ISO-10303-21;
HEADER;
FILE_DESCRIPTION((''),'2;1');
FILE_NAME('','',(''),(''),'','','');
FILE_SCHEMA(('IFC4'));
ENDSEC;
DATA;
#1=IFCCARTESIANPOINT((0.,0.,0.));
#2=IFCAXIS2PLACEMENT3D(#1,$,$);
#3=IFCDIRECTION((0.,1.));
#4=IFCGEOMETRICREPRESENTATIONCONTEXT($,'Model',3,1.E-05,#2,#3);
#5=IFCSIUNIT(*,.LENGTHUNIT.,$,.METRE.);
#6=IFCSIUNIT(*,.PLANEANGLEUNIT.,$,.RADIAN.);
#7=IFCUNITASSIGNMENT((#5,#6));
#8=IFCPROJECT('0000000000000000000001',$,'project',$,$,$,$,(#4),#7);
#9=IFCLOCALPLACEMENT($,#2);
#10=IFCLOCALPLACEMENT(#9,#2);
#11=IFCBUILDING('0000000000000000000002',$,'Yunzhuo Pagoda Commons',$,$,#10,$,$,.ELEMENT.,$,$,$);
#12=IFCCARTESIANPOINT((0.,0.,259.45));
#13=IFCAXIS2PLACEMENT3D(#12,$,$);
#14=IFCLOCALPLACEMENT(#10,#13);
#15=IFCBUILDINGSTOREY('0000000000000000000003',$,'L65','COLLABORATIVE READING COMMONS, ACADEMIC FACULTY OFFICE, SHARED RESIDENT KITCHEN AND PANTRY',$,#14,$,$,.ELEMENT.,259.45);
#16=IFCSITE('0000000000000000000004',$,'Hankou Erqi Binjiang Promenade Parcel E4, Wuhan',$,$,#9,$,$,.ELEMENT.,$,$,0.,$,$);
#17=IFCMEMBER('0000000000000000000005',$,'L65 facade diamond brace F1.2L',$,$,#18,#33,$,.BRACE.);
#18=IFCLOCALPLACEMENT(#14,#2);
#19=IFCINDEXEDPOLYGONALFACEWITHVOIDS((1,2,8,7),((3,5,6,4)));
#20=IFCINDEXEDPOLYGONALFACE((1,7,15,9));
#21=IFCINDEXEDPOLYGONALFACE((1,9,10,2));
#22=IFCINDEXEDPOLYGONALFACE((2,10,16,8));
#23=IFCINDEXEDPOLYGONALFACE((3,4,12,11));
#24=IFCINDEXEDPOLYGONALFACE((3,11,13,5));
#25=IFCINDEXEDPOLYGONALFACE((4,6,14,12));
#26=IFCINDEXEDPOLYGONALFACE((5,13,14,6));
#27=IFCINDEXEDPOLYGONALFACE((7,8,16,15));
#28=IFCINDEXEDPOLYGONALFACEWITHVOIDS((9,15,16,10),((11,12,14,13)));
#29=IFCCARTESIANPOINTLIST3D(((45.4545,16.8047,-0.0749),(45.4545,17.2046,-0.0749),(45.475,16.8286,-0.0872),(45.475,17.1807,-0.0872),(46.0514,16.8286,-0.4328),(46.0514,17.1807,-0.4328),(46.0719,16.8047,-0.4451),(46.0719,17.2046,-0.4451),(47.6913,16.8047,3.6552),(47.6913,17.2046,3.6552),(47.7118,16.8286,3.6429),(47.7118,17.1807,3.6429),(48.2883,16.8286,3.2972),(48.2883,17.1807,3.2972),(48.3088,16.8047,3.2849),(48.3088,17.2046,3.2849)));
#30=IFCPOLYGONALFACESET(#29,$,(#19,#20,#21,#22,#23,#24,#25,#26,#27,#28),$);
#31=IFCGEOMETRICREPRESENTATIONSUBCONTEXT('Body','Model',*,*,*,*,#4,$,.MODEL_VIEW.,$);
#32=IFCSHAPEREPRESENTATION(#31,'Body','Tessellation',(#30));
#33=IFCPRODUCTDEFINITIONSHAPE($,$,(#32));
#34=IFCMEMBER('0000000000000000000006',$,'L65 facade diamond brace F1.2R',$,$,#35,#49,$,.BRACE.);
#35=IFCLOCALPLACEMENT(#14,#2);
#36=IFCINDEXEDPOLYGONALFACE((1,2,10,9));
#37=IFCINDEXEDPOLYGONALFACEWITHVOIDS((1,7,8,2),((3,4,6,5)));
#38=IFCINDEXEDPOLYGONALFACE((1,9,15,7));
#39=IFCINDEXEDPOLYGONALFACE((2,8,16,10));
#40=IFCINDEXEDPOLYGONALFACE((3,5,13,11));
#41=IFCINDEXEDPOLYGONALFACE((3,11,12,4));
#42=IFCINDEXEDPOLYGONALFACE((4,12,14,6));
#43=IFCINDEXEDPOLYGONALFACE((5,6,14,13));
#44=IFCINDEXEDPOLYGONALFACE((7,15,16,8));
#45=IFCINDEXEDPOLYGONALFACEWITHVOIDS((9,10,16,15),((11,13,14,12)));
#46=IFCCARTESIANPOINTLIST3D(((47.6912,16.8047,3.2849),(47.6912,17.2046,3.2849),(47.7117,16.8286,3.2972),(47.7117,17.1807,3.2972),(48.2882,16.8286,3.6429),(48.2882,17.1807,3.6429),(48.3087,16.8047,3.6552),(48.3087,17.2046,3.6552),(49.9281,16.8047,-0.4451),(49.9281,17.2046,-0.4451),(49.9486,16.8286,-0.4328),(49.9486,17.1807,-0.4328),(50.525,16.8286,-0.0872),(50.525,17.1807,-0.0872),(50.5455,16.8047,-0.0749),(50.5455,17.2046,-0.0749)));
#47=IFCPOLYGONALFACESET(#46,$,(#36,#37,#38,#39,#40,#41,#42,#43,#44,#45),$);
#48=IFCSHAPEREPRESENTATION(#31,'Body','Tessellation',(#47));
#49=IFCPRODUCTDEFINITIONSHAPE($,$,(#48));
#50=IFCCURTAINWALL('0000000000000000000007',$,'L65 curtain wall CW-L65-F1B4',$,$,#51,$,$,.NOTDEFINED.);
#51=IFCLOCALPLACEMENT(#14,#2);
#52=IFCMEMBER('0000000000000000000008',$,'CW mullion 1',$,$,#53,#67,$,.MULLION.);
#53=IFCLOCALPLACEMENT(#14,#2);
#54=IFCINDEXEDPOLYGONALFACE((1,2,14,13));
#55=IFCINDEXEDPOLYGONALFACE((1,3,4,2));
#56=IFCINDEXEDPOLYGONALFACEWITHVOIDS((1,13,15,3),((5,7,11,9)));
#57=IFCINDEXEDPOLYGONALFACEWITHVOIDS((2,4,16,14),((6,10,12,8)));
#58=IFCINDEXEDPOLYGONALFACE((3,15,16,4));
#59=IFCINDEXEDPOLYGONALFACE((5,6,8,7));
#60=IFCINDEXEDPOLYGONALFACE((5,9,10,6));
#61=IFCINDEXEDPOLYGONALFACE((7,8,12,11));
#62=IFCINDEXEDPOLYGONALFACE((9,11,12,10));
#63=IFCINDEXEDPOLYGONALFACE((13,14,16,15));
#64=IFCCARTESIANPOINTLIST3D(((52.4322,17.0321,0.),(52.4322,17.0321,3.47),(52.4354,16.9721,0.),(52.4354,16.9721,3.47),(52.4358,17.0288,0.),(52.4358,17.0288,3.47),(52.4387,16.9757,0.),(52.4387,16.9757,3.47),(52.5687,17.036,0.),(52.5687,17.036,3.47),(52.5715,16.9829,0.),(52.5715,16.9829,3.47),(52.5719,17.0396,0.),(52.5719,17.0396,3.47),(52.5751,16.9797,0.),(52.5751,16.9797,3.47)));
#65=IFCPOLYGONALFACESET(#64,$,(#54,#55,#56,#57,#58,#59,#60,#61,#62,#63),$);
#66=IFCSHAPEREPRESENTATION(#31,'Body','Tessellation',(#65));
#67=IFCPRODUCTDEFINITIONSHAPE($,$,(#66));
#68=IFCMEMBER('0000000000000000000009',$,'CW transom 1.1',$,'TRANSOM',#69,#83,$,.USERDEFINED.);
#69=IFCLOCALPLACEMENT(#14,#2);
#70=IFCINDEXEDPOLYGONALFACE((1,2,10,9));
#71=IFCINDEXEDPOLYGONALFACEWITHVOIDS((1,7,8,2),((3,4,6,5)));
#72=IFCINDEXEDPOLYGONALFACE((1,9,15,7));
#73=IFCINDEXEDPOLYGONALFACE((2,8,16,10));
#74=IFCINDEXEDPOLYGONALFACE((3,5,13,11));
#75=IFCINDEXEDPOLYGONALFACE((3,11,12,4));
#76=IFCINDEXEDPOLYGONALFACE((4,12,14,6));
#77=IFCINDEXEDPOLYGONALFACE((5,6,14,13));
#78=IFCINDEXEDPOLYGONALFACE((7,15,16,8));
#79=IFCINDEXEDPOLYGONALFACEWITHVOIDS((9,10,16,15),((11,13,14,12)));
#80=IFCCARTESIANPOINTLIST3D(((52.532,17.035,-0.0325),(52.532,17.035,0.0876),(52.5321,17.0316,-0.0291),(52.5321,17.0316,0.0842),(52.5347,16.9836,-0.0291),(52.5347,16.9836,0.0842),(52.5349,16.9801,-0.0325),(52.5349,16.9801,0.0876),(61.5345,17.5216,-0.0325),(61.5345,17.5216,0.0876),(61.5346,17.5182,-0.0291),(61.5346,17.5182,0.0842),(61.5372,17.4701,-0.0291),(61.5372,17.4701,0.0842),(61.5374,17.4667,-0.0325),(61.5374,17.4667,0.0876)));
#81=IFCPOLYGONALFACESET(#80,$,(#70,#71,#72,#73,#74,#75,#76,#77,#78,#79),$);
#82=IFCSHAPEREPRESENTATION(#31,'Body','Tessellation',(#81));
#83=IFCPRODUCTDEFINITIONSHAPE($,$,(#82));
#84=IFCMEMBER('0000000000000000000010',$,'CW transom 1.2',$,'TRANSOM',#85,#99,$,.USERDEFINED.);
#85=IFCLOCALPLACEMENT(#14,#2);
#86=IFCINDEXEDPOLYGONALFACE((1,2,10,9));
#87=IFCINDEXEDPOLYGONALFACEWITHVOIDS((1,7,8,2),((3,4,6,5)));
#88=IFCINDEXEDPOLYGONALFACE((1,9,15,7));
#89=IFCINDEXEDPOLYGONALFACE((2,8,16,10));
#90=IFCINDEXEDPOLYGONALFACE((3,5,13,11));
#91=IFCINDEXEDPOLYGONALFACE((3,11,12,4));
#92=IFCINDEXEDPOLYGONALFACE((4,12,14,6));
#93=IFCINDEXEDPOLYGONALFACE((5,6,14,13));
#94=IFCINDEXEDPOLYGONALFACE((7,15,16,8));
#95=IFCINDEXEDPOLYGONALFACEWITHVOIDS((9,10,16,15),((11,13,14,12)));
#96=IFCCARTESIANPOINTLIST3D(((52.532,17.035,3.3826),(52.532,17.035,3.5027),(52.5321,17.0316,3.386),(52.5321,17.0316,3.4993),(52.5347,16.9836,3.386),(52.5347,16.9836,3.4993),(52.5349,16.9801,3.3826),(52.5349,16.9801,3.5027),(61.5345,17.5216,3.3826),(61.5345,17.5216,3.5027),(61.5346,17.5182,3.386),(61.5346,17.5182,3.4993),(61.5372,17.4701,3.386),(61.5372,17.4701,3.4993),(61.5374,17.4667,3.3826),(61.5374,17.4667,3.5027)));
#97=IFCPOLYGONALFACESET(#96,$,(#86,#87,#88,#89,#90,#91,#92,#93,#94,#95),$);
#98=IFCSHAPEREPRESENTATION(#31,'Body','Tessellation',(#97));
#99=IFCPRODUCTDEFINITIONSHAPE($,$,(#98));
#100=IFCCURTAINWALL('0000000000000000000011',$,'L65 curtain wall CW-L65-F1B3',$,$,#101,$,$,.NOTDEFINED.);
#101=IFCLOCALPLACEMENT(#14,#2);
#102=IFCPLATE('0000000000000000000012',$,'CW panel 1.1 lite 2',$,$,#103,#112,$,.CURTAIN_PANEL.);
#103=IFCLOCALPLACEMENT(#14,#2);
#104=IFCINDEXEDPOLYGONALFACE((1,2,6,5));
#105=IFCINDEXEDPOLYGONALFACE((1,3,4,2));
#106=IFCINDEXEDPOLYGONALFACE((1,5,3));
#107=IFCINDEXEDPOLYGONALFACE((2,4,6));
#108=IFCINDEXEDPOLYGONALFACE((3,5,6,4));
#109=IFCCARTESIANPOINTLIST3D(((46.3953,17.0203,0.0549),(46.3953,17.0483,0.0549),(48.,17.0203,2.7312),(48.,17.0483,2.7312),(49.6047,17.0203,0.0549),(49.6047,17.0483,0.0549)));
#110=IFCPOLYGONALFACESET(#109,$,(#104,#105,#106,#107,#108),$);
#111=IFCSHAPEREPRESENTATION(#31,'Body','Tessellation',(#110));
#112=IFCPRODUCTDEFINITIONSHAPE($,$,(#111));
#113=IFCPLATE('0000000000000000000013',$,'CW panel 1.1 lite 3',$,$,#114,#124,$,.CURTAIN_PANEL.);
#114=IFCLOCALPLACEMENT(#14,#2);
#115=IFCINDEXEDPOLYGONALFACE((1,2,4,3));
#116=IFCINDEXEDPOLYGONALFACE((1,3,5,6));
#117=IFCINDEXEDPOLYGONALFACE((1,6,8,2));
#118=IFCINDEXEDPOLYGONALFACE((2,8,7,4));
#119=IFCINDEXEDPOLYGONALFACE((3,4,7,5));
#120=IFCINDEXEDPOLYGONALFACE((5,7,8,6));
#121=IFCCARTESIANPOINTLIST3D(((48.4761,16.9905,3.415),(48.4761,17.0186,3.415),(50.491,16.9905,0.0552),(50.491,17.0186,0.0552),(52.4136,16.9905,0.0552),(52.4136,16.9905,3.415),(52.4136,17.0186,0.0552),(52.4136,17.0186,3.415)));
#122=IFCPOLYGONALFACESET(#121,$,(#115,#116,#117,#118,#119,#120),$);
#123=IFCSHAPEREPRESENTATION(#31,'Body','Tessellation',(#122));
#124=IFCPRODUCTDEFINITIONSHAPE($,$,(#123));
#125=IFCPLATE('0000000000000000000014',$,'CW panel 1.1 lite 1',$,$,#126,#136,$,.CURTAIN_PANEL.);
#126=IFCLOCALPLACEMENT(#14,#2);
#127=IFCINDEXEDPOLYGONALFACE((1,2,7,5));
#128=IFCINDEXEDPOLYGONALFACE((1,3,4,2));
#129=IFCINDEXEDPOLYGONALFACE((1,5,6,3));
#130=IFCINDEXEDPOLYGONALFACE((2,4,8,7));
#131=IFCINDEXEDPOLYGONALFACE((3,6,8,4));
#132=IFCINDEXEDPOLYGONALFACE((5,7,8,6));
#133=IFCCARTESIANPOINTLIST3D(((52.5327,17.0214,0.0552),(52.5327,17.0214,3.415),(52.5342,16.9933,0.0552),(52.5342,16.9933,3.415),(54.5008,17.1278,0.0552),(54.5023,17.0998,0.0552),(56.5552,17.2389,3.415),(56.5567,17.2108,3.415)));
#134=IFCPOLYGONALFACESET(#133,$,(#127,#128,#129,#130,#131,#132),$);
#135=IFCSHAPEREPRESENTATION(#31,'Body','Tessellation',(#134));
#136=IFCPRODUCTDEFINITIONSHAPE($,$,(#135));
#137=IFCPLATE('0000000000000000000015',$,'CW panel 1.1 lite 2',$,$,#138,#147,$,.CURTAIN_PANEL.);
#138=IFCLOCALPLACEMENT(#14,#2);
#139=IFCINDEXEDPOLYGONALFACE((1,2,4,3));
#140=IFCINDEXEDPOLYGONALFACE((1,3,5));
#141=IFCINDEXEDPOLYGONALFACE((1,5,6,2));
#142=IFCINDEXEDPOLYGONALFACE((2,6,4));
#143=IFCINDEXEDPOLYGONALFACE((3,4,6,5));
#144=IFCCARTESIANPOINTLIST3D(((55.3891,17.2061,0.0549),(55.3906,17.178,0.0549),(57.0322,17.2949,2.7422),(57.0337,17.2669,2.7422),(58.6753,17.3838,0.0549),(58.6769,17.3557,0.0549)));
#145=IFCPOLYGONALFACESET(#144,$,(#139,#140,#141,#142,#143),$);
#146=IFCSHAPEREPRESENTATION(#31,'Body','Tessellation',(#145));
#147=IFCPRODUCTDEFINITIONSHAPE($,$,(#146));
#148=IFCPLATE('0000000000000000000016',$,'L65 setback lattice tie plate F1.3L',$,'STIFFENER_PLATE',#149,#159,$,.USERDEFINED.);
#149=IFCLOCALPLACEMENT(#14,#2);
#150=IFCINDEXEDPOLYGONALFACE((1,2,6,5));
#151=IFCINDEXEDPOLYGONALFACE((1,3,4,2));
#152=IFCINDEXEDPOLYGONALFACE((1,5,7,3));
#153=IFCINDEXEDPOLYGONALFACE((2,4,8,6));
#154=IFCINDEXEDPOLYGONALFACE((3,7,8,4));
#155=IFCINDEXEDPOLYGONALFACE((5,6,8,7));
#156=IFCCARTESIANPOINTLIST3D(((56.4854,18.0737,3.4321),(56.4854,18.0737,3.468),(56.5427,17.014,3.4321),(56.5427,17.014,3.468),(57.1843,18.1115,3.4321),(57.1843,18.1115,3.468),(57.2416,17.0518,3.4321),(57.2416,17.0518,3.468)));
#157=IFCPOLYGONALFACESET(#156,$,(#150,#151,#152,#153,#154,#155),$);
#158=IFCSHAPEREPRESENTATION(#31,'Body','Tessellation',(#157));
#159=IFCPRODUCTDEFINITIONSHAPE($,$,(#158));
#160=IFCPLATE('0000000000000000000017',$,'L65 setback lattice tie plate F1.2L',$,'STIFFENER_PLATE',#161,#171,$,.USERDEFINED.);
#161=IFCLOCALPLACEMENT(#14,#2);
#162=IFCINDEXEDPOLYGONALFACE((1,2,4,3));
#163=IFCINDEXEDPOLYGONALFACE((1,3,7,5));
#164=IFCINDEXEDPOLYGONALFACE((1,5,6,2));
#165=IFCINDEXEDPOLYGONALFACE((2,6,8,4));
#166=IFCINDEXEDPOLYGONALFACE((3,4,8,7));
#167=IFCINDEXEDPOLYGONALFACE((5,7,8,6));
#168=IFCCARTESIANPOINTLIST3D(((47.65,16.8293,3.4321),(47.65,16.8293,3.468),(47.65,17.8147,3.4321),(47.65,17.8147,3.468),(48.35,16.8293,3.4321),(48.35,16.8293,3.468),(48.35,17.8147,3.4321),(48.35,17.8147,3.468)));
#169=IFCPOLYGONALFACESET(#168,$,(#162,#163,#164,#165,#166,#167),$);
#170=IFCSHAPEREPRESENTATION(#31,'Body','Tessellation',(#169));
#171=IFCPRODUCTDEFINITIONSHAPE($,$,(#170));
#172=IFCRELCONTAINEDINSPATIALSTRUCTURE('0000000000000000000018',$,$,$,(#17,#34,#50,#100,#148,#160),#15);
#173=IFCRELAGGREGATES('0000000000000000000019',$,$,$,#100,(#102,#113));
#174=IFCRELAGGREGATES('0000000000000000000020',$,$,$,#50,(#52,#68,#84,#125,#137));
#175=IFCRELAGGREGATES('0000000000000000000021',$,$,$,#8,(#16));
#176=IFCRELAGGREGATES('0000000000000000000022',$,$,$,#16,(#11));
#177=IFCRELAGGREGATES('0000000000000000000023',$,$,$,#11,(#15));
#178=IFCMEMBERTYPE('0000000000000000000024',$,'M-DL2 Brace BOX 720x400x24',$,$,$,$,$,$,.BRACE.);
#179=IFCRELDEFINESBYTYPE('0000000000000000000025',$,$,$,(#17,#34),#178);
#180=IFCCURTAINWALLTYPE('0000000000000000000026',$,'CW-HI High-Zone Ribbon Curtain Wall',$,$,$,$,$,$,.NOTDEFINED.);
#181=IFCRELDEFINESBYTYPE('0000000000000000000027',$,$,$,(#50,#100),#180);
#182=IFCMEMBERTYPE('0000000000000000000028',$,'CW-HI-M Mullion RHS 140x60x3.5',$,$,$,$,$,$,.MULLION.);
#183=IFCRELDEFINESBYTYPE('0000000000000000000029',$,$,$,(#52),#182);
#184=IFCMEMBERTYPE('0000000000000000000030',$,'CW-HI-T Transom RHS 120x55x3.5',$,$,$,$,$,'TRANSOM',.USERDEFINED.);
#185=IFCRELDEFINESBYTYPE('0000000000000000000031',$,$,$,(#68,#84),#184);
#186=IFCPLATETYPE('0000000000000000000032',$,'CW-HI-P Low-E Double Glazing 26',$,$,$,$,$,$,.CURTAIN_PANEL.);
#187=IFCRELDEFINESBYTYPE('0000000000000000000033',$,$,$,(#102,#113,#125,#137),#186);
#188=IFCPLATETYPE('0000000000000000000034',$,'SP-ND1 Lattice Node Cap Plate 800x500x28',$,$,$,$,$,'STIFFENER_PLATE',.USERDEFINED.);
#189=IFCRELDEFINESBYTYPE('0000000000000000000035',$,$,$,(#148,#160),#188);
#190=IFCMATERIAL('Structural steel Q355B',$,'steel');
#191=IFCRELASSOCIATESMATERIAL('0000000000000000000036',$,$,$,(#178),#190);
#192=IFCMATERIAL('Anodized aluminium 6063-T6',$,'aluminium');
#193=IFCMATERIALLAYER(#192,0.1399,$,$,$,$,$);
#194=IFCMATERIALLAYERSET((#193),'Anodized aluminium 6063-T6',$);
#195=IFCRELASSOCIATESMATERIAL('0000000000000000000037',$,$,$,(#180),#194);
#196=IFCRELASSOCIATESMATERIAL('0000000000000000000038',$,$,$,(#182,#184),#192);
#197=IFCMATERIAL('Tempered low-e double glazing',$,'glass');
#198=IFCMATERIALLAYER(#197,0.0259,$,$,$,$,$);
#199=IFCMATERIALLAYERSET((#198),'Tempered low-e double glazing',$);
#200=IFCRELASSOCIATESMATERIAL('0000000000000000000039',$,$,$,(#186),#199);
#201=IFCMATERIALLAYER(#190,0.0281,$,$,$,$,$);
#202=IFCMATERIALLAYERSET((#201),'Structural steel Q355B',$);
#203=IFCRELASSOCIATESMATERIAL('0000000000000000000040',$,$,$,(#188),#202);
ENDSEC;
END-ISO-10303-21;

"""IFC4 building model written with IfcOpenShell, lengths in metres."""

from ifc_helpers import new_model, si_unit, direction, frame, origin, origin_2d, place, context, subcontext, project, spatial, polyline, rectangle, hollow_rectangle, outline, extrude, source, transform, mapped, material, layer, layer_set, material_profile, profile_set, type_object, element, aggregate, save


model = new_model("IFC4")

# Units and contexts
model_context = context("Model", 3, precision=1e-05, world=origin(), true_north=direction((0.0, 1.0)))
body_context = subcontext(model_context, "Body", "Model", "MODEL_VIEW")
ifc_project = project(units=[si_unit("LENGTHUNIT", "METRE"), si_unit("PLANEANGLEUNIT", "RADIAN")], contexts=[model_context])

# Site, building, storey
site_placement = place(None, origin())
site = spatial("IfcSite", under=ifc_project, at=site_placement, Name="Hankou Erqi Binjiang Promenade Parcel E4, Wuhan", CompositionType="ELEMENT", RefElevation=0.0)
building_placement = place(site_placement, origin())
building = spatial("IfcBuilding", under=site, at=building_placement, Name="Yunzhuo Pagoda Commons", CompositionType="ELEMENT")
storey_placement = place(building_placement, frame((0.0, 0.0, 259.45)))
storey = spatial("IfcBuildingStorey", under=building, at=storey_placement, Name="L65", Description="COLLABORATIVE READING COMMONS, ACADEMIC FACULTY OFFICE, SHARED RESIDENT KITCHEN AND PANTRY", CompositionType="ELEMENT", Elevation=259.45)

# Shared definitions
ifc_material_1 = material(Name="Structural steel Q355B", Category="steel")

# Members
ifc_material_profile_1 = material_profile(ifc_material_1, hollow_rectangle(XDim=0.3999, YDim=0.72, WallThickness=0.0239, at=origin_2d()), Name="Structural steel Q355B")
ifc_profile_set_1 = profile_set([ifc_material_profile_1], Name="Structural steel Q355B")
member_type_1 = type_object("IfcMemberType", Name="M-DL2 Brace BOX 720x400x24", PredefinedType="BRACE", material=ifc_profile_set_1)
shared_shape_1 = source(origin(), body_context, "Body", "SweptSolid", [
    extrude(hollow_rectangle(XDim=0.3999, YDim=0.72, WallThickness=0.0239, at=origin_2d()), origin(), (0.0, 0.0, 1.0), 4.3494),
])
for number, where, z_axis, x_axis, name in (
    (1, (45.7632, 17.0046, -0.26), (0.514298, 0.0, 0.857612), (0.0, 1.0, 0.0), "L65 facade diamond brace F1.2L"),
    (2, (50.2368, 17.0046, -0.26), (-0.514298, 0.0, 0.857612), (0.0, -1.0, 0.0), "L65 facade diamond brace F1.2R"),
):
    element("IfcMember", number, at=place(storey_placement, frame(where, z_axis=z_axis, x_axis=x_axis)), inside=storey, type_object=member_type_1, Name=name, PredefinedType="BRACE", context=body_context, shape_type="MappedRepresentation", body=[
        mapped(shared_shape_1, transform((0.0, 0.0, 0.0), scale=1.0)),
    ])

# Curtain wall, members
ifc_material_2 = material(Name="Anodized aluminium 6063-T6", Category="aluminium")
ifc_layer_1 = layer(ifc_material_2, 0.1399)
ifc_layer_set_1 = layer_set([ifc_layer_1], Name="Anodized aluminium 6063-T6")
curtain_wall_type = type_object("IfcCurtainWallType", Name="CW-HI High-Zone Ribbon Curtain Wall", PredefinedType="NOTDEFINED", material=ifc_layer_set_1)
curtain_wall_1_placement = place(storey_placement, origin())
curtain_wall_1 = element("IfcCurtainWall", 3, at=curtain_wall_1_placement, inside=storey, type_object=curtain_wall_type, Name="L65 curtain wall CW-L65-F1B4", PredefinedType="NOTDEFINED")
ifc_material_profile_2 = material_profile(ifc_material_2, hollow_rectangle(XDim=0.0601, YDim=0.1399, WallThickness=0.0034, at=origin_2d()), Name="Anodized aluminium 6063-T6")
ifc_profile_set_2 = profile_set([ifc_material_profile_2], Name="Anodized aluminium 6063-T6")
member_type_2 = type_object("IfcMemberType", Name="CW-HI-M Mullion RHS 140x60x3.5", PredefinedType="MULLION", material=ifc_profile_set_2)
shared_shape_2 = source(origin(), body_context, "Body", "SweptSolid", [
    extrude(hollow_rectangle(XDim=0.0601, YDim=0.1399, WallThickness=0.0034, at=origin_2d()), origin(), (0.0, 0.0, 1.0), 3.47),
])
member_1_placement = place(storey_placement, frame((52.5037, 17.0059, 0.0), z_axis=(0.0, 0.0, 1.0), x_axis=(-0.053989, 0.998542, 0.0)))
member_1 = element("IfcMember", 4, at=member_1_placement, type_object=member_type_2, Name="CW mullion 1", PredefinedType="MULLION", context=body_context, shape_type="MappedRepresentation", body=[
    mapped(shared_shape_2, transform((0.0, 0.0, 0.0), scale=1.0)),
])
ifc_material_profile_3 = material_profile(ifc_material_2, hollow_rectangle(XDim=0.0549, YDim=0.1201, WallThickness=0.0034, at=origin_2d()), Name="Anodized aluminium 6063-T6")
ifc_profile_set_3 = profile_set([ifc_material_profile_3], Name="Anodized aluminium 6063-T6")
member_type_3 = type_object("IfcMemberType", Name="CW-HI-T Transom RHS 120x55x3.5", ElementType="TRANSOM", PredefinedType="USERDEFINED", material=ifc_profile_set_3)
shared_shape_3 = source(origin(), body_context, "Body", "SweptSolid", [
    extrude(hollow_rectangle(XDim=0.0549, YDim=0.1201, WallThickness=0.0034, at=origin_2d()), origin(), (0.0, 0.0, 1.0), 9.0156),
])
member_2_placement = place(storey_placement, frame((52.5334, 17.0076, 0.0276), z_axis=(0.998543, 0.05397, 0.0), x_axis=(-0.05397, 0.998543, 0.0)))
member_2 = element("IfcMember", 5, at=member_2_placement, type_object=member_type_3, Name="CW transom 1.1", ObjectType="TRANSOM", PredefinedType="USERDEFINED", context=body_context, shape_type="MappedRepresentation", body=[
    mapped(shared_shape_3, transform((0.0, 0.0, 0.0), scale=1.0)),
])
member_3_placement = place(storey_placement, frame((52.5334, 17.0076, 3.4426), z_axis=(0.998543, 0.05397, 0.0), x_axis=(-0.05397, 0.998543, 0.0)))
member_3 = element("IfcMember", 6, at=member_3_placement, type_object=member_type_3, Name="CW transom 1.2", ObjectType="TRANSOM", PredefinedType="USERDEFINED", context=body_context, shape_type="MappedRepresentation", body=[
    mapped(shared_shape_3, transform((0.0, 0.0, 0.0), scale=1.0)),
])

# Curtain wall, plates
curtain_wall_2_placement = place(storey_placement, origin())
curtain_wall_2 = element("IfcCurtainWall", 7, at=curtain_wall_2_placement, inside=storey, type_object=curtain_wall_type, Name="L65 curtain wall CW-L65-F1B3", PredefinedType="NOTDEFINED")
ifc_material_3 = material(Name="Tempered low-e double glazing", Category="glass")
ifc_layer_2 = layer(ifc_material_3, 0.0259)
ifc_layer_set_2 = layer_set([ifc_layer_2], Name="Tempered low-e double glazing")
plate_type_1 = type_object("IfcPlateType", Name="CW-HI-P Low-E Double Glazing 26", PredefinedType="CURTAIN_PANEL", material=ifc_layer_set_2)
plate_1_placement = place(storey_placement, frame((48.0, 17.0483, 1.3931), z_axis=(0.0, -1.0, 0.0), x_axis=(1.0, 0.0, 0.0)))
plate_1 = element("IfcPlate", 8, at=plate_1_placement, type_object=plate_type_1, Name="CW panel 1.1 lite 2", PredefinedType="CURTAIN_PANEL", context=body_context, shape_type="SweptSolid", body=[
    extrude(outline(polyline([(-1.6047, -1.3381), (1.6047, -1.3381), (0.0, 1.3381), (-1.6047, -1.3381)])), origin(), (0.0, 0.0, 1.0), 0.0281),
])
plate_2_placement = place(storey_placement, frame((50.4448, 17.0186, 1.7351), z_axis=(0.0, -1.0, 0.0), x_axis=(1.0, 0.0, 0.0)))
plate_2 = element("IfcPlate", 9, at=plate_2_placement, type_object=plate_type_1, Name="CW panel 1.1 lite 3", PredefinedType="CURTAIN_PANEL", context=body_context, shape_type="SweptSolid", body=[
    extrude(outline(polyline([(-1.9688, 1.6799), (0.0461, -1.6799), (1.9688, -1.6799), (1.9688, 1.6799), (-1.9688, 1.6799)])), origin(), (0.0, 0.0, 1.0), 0.0281),
])
aggregate(curtain_wall_2, [plate_1, plate_2])

# Plates
plate_3_placement = place(storey_placement, frame((54.5439, 17.1301, 1.7351), z_axis=(0.053989, -0.998542, 0.0), x_axis=(0.998542, 0.053989, 0.0)))
plate_3 = element("IfcPlate", 10, at=plate_3_placement, type_object=plate_type_1, Name="CW panel 1.1 lite 1", PredefinedType="CURTAIN_PANEL", context=body_context, shape_type="SweptSolid", body=[
    extrude(outline(polyline([(-2.0142, -1.6799), (-0.0432, -1.6799), (2.0142, 1.6799), (-2.0142, 1.6799), (-2.0142, -1.6799)])), origin(), (0.0, 0.0, 1.0), 0.0281),
])
plate_4_placement = place(storey_placement, frame((57.0322, 17.2949, 1.3987), z_axis=(0.053989, -0.998542, 0.0), x_axis=(0.998542, 0.053989, 0.0)))
plate_4 = element("IfcPlate", 11, at=plate_4_placement, type_object=plate_type_1, Name="CW panel 1.1 lite 2", PredefinedType="CURTAIN_PANEL", context=body_context, shape_type="SweptSolid", body=[
    extrude(outline(polyline([(-1.6455, -1.3438), (1.6455, -1.3438), (0.0, 1.3435), (-1.6455, -1.3438)])), origin(), (0.0, 0.0, 1.0), 0.0281),
])
aggregate(curtain_wall_1, [member_1, member_2, member_3, plate_3, plate_4])

# Plates
ifc_layer_3 = layer(ifc_material_1, 0.0281)
ifc_layer_set_3 = layer_set([ifc_layer_3], Name="Structural steel Q355B")
plate_type_2 = type_object("IfcPlateType", Name="SP-ND1 Lattice Node Cap Plate 800x500x28", ElementType="STIFFENER_PLATE", PredefinedType="USERDEFINED", material=ifc_layer_set_3)
shared_shape_4 = source(origin(), body_context, "Body", "SweptSolid", [
    extrude(rectangle(XDim=0.7, YDim=1.0613, at=origin_2d()), origin(), (0.0, 0.0, 1.0), 0.0359),
])
plate_5_placement = place(storey_placement, frame((56.8635, 17.5627, 3.4321), z_axis=(0.0, 0.0, 1.0), x_axis=(0.998541, 0.053992, 0.0)))
element("IfcPlate", 12, at=plate_5_placement, inside=storey, type_object=plate_type_2, Name="L65 setback lattice tie plate F1.3L", ObjectType="STIFFENER_PLATE", PredefinedType="USERDEFINED", context=body_context, shape_type="MappedRepresentation", body=[
    mapped(shared_shape_4, transform((0.0, 0.0, 0.0), scale=1.0)),
])
shared_shape_5 = source(origin(), body_context, "Body", "SweptSolid", [
    extrude(rectangle(XDim=0.7, YDim=0.9854, at=origin_2d()), origin(), (0.0, 0.0, 1.0), 0.0359),
])
plate_6_placement = place(storey_placement, frame((48.0, 17.322, 3.4321), z_axis=(0.0, 0.0, 1.0), x_axis=(1.0, 0.0, 0.0)))
element("IfcPlate", 13, at=plate_6_placement, inside=storey, type_object=plate_type_2, Name="L65 setback lattice tie plate F1.2L", ObjectType="STIFFENER_PLATE", PredefinedType="USERDEFINED", context=body_context, shape_type="MappedRepresentation", body=[
    mapped(shared_shape_5, transform((0.0, 0.0, 0.0), scale=1.0)),
])

save(model, "model.ifc")
